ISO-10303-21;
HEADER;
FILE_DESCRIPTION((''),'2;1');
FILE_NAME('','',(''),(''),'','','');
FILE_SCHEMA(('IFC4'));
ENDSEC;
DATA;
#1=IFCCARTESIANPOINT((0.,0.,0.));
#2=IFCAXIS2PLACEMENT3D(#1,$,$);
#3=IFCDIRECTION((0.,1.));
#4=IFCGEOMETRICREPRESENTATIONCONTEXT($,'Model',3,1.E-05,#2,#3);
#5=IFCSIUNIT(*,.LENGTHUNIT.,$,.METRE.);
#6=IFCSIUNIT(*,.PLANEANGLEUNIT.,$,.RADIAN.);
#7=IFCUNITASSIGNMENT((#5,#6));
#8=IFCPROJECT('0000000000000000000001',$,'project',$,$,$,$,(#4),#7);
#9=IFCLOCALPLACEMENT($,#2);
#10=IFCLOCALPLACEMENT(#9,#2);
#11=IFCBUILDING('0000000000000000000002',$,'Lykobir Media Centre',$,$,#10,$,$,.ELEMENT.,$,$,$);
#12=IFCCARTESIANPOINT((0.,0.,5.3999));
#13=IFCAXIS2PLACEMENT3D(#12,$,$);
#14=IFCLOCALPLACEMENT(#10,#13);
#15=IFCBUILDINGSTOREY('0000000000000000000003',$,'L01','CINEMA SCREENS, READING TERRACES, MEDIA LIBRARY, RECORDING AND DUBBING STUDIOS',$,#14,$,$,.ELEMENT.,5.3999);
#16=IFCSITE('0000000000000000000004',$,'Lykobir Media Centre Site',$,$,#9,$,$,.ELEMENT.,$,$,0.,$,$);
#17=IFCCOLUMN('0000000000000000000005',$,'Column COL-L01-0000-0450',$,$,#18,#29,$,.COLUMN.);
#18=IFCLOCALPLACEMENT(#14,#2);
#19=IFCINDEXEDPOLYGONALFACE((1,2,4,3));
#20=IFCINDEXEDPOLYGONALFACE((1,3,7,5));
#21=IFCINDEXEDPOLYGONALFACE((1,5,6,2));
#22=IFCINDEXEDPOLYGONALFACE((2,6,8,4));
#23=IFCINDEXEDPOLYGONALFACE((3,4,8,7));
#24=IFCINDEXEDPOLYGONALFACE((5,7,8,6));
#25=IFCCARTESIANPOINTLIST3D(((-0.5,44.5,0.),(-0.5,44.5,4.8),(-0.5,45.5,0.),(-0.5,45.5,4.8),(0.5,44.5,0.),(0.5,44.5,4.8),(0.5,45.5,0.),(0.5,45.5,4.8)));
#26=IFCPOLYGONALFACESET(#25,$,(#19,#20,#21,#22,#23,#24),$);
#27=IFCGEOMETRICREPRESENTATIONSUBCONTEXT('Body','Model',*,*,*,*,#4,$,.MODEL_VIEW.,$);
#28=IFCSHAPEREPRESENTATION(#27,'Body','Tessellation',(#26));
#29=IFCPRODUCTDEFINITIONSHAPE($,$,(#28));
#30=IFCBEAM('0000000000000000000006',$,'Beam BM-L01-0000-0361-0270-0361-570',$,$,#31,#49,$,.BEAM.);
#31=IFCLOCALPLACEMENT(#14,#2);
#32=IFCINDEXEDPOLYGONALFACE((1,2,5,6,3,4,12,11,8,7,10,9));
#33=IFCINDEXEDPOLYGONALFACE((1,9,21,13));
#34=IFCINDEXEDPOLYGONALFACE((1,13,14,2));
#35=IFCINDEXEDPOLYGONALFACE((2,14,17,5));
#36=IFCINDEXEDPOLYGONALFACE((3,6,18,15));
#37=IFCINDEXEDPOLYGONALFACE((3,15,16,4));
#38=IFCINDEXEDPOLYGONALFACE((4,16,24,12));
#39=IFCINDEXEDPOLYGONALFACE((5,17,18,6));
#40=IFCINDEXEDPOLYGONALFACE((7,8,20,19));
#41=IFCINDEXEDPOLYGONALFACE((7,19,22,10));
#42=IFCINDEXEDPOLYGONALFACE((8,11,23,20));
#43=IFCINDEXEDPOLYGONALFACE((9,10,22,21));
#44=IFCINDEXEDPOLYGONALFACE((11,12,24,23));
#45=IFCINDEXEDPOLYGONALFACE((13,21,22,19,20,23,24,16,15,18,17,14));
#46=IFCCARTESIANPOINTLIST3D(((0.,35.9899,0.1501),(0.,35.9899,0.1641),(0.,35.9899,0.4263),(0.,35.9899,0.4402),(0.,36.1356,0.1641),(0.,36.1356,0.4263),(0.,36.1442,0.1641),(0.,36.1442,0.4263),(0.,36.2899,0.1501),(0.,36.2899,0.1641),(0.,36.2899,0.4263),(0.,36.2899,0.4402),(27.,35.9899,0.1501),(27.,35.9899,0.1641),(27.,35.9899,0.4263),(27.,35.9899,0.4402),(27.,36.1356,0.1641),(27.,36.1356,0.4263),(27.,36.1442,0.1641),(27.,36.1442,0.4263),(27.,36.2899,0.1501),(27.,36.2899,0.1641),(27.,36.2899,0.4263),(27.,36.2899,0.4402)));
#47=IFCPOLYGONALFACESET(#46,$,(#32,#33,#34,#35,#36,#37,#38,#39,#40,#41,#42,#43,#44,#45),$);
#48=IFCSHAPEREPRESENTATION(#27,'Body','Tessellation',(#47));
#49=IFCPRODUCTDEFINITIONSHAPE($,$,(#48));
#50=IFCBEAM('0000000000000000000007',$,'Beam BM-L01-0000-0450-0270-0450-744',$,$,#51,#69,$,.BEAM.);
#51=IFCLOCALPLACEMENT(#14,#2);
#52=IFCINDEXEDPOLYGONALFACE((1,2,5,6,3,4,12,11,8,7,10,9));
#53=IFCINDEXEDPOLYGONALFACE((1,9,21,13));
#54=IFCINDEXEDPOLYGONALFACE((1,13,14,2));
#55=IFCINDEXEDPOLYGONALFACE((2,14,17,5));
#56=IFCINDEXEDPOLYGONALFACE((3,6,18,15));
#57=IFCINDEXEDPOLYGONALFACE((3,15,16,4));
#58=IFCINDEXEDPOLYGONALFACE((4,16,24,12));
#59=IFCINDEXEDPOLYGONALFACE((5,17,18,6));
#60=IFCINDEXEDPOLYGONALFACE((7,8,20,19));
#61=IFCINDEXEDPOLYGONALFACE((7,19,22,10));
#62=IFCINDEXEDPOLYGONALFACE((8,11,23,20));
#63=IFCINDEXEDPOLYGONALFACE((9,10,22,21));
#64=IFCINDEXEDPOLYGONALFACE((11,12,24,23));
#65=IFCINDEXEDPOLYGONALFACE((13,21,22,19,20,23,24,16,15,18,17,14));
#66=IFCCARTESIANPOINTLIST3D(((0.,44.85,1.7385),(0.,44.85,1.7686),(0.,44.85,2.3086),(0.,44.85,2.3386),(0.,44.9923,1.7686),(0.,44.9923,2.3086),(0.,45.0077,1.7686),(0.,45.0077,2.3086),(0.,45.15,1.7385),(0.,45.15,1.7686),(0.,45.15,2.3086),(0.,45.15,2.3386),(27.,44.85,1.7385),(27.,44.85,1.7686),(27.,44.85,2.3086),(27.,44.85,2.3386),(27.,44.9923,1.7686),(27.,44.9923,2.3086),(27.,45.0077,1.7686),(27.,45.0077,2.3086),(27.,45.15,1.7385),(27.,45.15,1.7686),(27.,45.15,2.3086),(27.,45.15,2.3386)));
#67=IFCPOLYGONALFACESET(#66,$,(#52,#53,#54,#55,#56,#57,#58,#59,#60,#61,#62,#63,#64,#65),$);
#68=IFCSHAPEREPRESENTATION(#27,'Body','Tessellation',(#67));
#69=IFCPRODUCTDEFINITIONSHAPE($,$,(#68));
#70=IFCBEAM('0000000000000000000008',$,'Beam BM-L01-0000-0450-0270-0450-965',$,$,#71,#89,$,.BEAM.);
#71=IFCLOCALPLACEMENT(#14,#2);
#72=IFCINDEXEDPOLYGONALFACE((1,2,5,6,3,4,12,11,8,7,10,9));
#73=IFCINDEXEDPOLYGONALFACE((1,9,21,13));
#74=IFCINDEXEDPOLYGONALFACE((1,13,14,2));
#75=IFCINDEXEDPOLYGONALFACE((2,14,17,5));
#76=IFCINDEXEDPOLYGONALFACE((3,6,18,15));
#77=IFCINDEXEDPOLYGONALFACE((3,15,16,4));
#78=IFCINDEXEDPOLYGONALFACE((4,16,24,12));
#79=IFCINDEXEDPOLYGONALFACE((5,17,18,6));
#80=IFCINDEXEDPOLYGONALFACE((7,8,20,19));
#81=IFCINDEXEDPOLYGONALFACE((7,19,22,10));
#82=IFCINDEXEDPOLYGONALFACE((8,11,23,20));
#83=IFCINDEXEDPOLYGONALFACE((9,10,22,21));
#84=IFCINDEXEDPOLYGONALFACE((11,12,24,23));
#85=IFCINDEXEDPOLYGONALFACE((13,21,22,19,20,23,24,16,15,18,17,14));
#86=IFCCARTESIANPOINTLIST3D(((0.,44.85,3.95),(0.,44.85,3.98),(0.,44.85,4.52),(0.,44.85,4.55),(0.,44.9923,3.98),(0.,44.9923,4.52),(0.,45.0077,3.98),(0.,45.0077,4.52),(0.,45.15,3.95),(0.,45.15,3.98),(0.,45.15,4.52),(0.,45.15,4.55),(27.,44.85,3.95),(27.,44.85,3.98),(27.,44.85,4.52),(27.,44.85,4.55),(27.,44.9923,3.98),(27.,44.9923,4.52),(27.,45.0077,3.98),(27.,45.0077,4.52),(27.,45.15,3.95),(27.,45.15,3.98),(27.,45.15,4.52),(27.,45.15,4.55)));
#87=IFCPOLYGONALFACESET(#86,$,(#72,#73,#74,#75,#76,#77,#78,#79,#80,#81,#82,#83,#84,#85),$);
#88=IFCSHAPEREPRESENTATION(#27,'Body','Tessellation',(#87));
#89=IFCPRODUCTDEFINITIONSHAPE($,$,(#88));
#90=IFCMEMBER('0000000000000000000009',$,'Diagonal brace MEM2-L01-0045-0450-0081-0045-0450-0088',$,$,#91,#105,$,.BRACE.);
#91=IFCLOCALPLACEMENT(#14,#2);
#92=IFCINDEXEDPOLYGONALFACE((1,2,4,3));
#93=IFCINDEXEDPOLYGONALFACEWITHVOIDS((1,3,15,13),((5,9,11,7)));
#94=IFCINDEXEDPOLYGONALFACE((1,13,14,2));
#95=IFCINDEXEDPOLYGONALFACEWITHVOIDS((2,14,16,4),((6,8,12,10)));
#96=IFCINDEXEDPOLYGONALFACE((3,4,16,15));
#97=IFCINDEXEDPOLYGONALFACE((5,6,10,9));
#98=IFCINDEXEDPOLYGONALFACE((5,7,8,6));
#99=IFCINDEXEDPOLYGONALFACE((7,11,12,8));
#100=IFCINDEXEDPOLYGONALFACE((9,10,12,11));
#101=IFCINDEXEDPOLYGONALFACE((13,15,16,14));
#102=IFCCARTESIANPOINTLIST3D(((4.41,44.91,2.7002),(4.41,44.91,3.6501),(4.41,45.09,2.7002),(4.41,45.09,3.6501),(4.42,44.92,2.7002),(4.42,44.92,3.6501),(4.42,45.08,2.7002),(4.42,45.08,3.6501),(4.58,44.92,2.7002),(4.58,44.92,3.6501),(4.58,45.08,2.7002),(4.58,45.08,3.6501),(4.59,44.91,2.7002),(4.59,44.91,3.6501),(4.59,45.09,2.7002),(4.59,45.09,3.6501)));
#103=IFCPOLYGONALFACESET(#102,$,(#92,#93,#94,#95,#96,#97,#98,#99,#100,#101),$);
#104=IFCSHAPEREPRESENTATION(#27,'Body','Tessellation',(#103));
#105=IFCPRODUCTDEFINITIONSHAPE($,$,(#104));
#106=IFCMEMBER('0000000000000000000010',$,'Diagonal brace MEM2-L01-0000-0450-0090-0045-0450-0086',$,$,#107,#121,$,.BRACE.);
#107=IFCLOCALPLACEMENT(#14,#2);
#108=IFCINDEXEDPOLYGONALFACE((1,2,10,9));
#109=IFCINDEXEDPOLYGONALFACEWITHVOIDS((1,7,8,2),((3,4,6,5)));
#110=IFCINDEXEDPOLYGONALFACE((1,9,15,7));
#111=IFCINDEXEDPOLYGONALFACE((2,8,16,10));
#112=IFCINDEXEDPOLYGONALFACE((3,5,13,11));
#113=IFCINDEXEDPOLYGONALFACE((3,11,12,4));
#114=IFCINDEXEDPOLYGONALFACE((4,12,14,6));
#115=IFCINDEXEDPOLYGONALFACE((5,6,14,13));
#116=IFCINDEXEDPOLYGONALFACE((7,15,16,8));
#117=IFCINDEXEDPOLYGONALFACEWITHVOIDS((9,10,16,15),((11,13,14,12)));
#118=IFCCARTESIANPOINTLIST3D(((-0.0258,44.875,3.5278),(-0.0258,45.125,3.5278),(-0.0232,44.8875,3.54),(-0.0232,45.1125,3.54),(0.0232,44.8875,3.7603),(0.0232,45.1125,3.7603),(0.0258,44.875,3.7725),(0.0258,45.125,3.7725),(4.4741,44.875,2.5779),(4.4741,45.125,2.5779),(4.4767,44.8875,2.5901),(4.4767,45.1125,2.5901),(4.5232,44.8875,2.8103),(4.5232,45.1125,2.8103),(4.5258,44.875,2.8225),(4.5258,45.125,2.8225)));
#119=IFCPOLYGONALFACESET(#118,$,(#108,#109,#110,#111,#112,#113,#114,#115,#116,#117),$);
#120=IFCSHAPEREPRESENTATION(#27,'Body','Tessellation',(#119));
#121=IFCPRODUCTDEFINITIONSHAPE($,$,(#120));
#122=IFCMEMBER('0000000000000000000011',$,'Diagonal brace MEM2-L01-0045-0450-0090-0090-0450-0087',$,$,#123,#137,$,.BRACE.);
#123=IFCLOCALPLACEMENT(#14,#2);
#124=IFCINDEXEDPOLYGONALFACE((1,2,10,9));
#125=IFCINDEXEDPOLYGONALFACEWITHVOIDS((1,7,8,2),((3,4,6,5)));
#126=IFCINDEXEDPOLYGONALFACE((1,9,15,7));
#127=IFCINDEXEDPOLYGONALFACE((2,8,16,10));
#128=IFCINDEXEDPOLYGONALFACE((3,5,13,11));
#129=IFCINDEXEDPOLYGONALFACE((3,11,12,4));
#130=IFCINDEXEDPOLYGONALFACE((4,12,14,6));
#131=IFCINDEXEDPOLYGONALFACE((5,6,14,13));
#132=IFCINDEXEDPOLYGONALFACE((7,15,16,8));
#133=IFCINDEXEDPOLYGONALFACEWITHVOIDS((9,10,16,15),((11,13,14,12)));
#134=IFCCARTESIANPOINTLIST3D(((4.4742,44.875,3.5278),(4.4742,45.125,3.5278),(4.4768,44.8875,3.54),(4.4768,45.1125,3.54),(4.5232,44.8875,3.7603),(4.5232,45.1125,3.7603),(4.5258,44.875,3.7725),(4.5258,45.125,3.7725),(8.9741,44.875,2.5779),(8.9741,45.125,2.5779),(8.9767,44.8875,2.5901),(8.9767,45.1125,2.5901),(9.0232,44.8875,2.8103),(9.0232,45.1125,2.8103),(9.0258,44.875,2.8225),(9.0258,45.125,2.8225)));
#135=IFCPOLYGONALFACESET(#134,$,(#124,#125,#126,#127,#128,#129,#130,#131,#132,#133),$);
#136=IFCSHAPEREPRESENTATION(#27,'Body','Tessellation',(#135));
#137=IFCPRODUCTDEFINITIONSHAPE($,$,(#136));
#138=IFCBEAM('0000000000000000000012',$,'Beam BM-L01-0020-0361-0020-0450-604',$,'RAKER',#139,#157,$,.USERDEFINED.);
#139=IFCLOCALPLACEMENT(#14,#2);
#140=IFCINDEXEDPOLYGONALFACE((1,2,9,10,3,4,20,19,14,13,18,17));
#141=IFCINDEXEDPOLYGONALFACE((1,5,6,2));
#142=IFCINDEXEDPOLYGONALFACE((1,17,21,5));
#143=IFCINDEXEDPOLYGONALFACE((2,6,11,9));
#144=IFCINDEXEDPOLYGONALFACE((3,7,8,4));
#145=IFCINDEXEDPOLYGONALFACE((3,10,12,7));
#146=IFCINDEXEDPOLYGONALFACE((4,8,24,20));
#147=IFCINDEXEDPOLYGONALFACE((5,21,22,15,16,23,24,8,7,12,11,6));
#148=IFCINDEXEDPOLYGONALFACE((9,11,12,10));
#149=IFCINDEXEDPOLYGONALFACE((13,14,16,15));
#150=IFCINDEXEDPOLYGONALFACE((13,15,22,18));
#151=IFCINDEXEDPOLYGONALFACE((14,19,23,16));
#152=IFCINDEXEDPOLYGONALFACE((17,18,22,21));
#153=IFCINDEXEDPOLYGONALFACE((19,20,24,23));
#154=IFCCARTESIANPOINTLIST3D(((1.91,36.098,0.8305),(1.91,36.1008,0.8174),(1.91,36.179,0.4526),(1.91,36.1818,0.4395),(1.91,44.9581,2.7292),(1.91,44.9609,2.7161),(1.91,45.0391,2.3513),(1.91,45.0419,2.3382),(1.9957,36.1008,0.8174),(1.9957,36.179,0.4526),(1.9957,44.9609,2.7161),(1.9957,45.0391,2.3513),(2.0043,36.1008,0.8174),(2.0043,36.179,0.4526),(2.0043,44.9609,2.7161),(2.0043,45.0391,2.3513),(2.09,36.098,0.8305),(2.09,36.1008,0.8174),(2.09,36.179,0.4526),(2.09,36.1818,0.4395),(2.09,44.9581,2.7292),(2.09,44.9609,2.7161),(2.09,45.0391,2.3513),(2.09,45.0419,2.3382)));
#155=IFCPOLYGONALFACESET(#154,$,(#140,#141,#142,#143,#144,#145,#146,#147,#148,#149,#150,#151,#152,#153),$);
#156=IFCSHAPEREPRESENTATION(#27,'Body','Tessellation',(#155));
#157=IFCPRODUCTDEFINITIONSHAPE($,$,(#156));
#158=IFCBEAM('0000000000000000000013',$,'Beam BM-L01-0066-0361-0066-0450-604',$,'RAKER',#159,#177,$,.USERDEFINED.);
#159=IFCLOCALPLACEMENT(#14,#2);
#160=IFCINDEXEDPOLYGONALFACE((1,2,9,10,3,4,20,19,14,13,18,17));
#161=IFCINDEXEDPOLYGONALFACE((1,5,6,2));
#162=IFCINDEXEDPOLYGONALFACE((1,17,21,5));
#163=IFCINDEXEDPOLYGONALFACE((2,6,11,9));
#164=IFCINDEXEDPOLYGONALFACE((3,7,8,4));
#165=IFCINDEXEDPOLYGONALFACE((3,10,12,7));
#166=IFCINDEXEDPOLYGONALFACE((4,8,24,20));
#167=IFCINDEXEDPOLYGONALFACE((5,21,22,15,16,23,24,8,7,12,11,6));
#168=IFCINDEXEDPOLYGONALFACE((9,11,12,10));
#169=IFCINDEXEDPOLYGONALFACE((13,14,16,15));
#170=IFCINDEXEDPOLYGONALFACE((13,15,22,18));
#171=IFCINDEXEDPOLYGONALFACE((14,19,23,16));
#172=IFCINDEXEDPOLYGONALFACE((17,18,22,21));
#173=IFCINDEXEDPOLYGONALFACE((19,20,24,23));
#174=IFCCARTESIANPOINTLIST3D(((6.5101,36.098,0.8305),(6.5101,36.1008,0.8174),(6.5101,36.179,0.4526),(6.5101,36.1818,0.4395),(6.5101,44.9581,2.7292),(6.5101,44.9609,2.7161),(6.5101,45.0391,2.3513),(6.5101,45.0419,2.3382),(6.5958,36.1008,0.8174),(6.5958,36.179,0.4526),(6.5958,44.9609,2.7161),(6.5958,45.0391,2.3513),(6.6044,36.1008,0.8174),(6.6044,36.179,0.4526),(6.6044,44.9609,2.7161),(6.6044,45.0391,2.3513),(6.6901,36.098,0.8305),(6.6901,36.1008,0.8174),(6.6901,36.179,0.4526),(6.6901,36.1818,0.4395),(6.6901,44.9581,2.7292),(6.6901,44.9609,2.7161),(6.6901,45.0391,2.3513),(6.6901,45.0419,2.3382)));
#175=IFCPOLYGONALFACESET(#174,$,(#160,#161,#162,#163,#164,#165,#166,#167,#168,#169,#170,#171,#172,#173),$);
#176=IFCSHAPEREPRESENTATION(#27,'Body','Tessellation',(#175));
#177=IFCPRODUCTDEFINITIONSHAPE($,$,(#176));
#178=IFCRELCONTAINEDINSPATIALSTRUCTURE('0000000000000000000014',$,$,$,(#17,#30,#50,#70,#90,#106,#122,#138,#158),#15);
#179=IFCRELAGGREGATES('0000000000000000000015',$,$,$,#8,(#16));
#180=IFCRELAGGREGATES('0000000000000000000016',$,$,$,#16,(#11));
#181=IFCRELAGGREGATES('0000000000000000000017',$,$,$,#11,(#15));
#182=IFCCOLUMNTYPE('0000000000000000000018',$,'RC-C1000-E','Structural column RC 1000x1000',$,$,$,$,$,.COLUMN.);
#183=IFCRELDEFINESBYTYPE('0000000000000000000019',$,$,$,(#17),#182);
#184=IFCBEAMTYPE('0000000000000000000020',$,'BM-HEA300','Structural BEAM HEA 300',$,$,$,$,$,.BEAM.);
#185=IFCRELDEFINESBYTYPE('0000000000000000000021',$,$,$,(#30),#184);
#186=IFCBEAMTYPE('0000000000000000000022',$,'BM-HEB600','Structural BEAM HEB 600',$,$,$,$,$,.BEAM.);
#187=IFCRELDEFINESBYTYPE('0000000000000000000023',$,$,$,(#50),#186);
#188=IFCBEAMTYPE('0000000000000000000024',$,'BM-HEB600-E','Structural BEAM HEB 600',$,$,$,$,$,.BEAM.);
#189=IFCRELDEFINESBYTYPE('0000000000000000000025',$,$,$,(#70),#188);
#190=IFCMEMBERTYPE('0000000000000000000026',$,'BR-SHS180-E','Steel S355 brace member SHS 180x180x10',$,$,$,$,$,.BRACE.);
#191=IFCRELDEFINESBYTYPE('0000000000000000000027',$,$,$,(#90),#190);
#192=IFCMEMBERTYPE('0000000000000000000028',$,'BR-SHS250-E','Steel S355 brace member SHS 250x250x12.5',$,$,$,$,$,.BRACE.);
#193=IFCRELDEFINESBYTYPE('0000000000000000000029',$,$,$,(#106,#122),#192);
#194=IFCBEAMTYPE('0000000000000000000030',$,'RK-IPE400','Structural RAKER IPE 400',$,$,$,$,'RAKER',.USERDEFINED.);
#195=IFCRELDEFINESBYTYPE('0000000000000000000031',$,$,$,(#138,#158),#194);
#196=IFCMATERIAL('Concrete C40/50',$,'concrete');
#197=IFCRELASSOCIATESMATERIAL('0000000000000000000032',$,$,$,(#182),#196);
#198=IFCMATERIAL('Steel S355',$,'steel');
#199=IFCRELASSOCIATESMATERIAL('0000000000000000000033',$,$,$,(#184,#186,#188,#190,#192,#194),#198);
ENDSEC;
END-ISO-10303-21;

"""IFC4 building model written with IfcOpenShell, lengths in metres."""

from ifc_helpers import new_model, si_unit, direction, frame, origin, origin_2d, place, context, subcontext, project, spatial, rectangle, hollow_rectangle, i_section, extrude, material, material_profile, profile_set, type_object, element, save


model = new_model("IFC4")

# Units and contexts
model_context = context("Model", 3, precision=1e-05, world=origin(), true_north=direction((0.0, 1.0)))
body_context = subcontext(model_context, "Body", "Model", "MODEL_VIEW")
ifc_project = project(units=[si_unit("LENGTHUNIT", "METRE"), si_unit("PLANEANGLEUNIT", "RADIAN")], contexts=[model_context])

# Site, building, storey
site_placement = place(None, origin())
site = spatial("IfcSite", under=ifc_project, at=site_placement, Name="Lykobir Media Centre Site", CompositionType="ELEMENT", RefElevation=0.0)
building_placement = place(site_placement, origin())
building = spatial("IfcBuilding", under=site, at=building_placement, Name="Lykobir Media Centre", CompositionType="ELEMENT")
storey_placement = place(building_placement, frame((0.0, 0.0, 5.3999)))
storey = spatial("IfcBuildingStorey", under=building, at=storey_placement, Name="L01", Description="CINEMA SCREENS, READING TERRACES, MEDIA LIBRARY, RECORDING AND DUBBING STUDIOS", CompositionType="ELEMENT", Elevation=5.3999)

# Column
ifc_material_1 = material(Name="Concrete C40/50", Category="concrete")
ifc_material_profile_1 = material_profile(ifc_material_1, rectangle(XDim=1.0, YDim=1.0, at=origin_2d()), Name="RC 1000x1000")
ifc_profile_set_1 = profile_set([ifc_material_profile_1], Name="Concrete C40/50")
column_type = type_object("IfcColumnType", Name="RC-C1000-E", Description="Structural column RC 1000x1000", PredefinedType="COLUMN", material=ifc_profile_set_1)
column_placement = place(storey_placement, frame((0.0, 45.0, 0.0), z_axis=(0.0, 0.0, 1.0), x_axis=(1.0, 0.0, 0.0)))
element("IfcColumn", 1, at=column_placement, inside=storey, type_object=column_type, Name="Column COL-L01-0000-0450", PredefinedType="COLUMN", context=body_context, shape_type="SweptSolid", body=[
    extrude(rectangle(XDim=1.0, YDim=1.0, at=origin_2d()), origin(), (0.0, 0.0, 1.0), 4.8),
])

# Beams
ifc_material_2 = material(Name="Steel S355", Category="steel")
ifc_material_profile_2 = material_profile(ifc_material_2, i_section(OverallWidth=0.3, OverallDepth=0.29, WebThickness=0.0085, FlangeThickness=0.0139, at=origin_2d()), Name="HEA 300")
ifc_profile_set_2 = profile_set([ifc_material_profile_2], Name="Steel S355")
beam_type_1 = type_object("IfcBeamType", Name="BM-HEA300", Description="Structural BEAM HEA 300", PredefinedType="BEAM", material=ifc_profile_set_2)
beam_1_placement = place(storey_placement, frame((0.0, 36.1399, 0.2952), z_axis=(1.0, 0.0, 0.0), x_axis=(0.0, 1.0, 0.0)))
element("IfcBeam", 2, at=beam_1_placement, inside=storey, type_object=beam_type_1, Name="Beam BM-L01-0000-0361-0270-0361-570", PredefinedType="BEAM", context=body_context, shape_type="SweptSolid", body=[
    extrude(i_section(OverallWidth=0.3, OverallDepth=0.29, WebThickness=0.0085, FlangeThickness=0.0139, at=origin_2d()), origin(), (0.0, 0.0, 1.0), 27.0),
])
ifc_material_profile_3 = material_profile(ifc_material_2, i_section(OverallWidth=0.3, OverallDepth=0.6001, WebThickness=0.0154, FlangeThickness=0.03, at=origin_2d()), Name="HEB 600")
ifc_profile_set_3 = profile_set([ifc_material_profile_3], Name="Steel S355")
beam_type_2 = type_object("IfcBeamType", Name="BM-HEB600", Description="Structural BEAM HEB 600", PredefinedType="BEAM", material=ifc_profile_set_3)
beam_2_placement = place(storey_placement, frame((0.0, 45.0, 2.0386), z_axis=(1.0, 0.0, 0.0), x_axis=(0.0, 1.0, 0.0)))
element("IfcBeam", 3, at=beam_2_placement, inside=storey, type_object=beam_type_2, Name="Beam BM-L01-0000-0450-0270-0450-744", PredefinedType="BEAM", context=body_context, shape_type="SweptSolid", body=[
    extrude(i_section(OverallWidth=0.3, OverallDepth=0.6001, WebThickness=0.0154, FlangeThickness=0.03, at=origin_2d()), origin(), (0.0, 0.0, 1.0), 27.0),
])
ifc_material_profile_4 = material_profile(ifc_material_2, i_section(OverallWidth=0.3, OverallDepth=0.6001, WebThickness=0.0154, FlangeThickness=0.03, at=origin_2d()), Name="HEB 600")
ifc_profile_set_4 = profile_set([ifc_material_profile_4], Name="Steel S355")
beam_type_3 = type_object("IfcBeamType", Name="BM-HEB600-E", Description="Structural BEAM HEB 600", PredefinedType="BEAM", material=ifc_profile_set_4)
beam_3_placement = place(storey_placement, frame((0.0, 45.0, 4.25), z_axis=(1.0, 0.0, 0.0), x_axis=(0.0, 1.0, 0.0)))
element("IfcBeam", 4, at=beam_3_placement, inside=storey, type_object=beam_type_3, Name="Beam BM-L01-0000-0450-0270-0450-965", PredefinedType="BEAM", context=body_context, shape_type="SweptSolid", body=[
    extrude(i_section(OverallWidth=0.3, OverallDepth=0.6001, WebThickness=0.0154, FlangeThickness=0.03, at=origin_2d()), origin(), (0.0, 0.0, 1.0), 27.0),
])

# Members
ifc_material_profile_5 = material_profile(ifc_material_2, hollow_rectangle(XDim=0.1799, YDim=0.1799, WallThickness=0.01, at=origin_2d()), Name="SHS 180x180x10")
ifc_profile_set_5 = profile_set([ifc_material_profile_5], Name="Steel S355")
member_type_1 = type_object("IfcMemberType", Name="BR-SHS180-E", Description="Steel S355 brace member SHS 180x180x10", PredefinedType="BRACE", material=ifc_profile_set_5)
member_1_placement = place(storey_placement, frame((4.5, 45.0, 2.7002), z_axis=(0.0, 0.0, 1.0), x_axis=(1.0, 0.0, 0.0)))
element("IfcMember", 5, at=member_1_placement, inside=storey, type_object=member_type_1, Name="Diagonal brace MEM2-L01-0045-0450-0081-0045-0450-0088", PredefinedType="BRACE", context=body_context, shape_type="SweptSolid", body=[
    extrude(hollow_rectangle(XDim=0.1799, YDim=0.1799, WallThickness=0.01, at=origin_2d()), origin(), (0.0, 0.0, 1.0), 0.95),
])
ifc_material_profile_6 = material_profile(ifc_material_2, hollow_rectangle(XDim=0.25, YDim=0.25, WallThickness=0.0125, at=origin_2d()), Name="SHS 250x250x12.5")
ifc_profile_set_6 = profile_set([ifc_material_profile_6], Name="Steel S355")
member_type_2 = type_object("IfcMemberType", Name="BR-SHS250-E", Description="Steel S355 brace member SHS 250x250x12.5", PredefinedType="BRACE", material=ifc_profile_set_6)
for number, where, z_axis, x_axis, name in (
    (6, (0.0, 45.0, 3.6501), (0.978436, 0.0, -0.206548), (0.0, 1.0, 0.0), "Diagonal brace MEM2-L01-0000-0450-0090-0045-0450-0086"),
    (7, (4.5, 45.0, 3.6501), (0.978436, 0.0, -0.206548), (0.0, 1.0, 0.0), "Diagonal brace MEM2-L01-0045-0450-0090-0090-0450-0087"),
):
    element("IfcMember", number, at=place(storey_placement, frame(where, z_axis=z_axis, x_axis=x_axis)), inside=storey, type_object=member_type_2, Name=name, PredefinedType="BRACE", context=body_context, shape_type="SweptSolid", body=[
        extrude(hollow_rectangle(XDim=0.25, YDim=0.25, WallThickness=0.0125, at=origin_2d()), origin(), (0.0, 0.0, 1.0), 4.5991),
    ])

# Beams
ifc_material_profile_7 = material_profile(ifc_material_2, i_section(OverallWidth=0.1799, OverallDepth=0.3999, WebThickness=0.0085, FlangeThickness=0.0134, at=origin_2d()), Name="IPE 400")
ifc_profile_set_7 = profile_set([ifc_material_profile_7], Name="Steel S355")
beam_type_4 = type_object("IfcBeamType", Name="RK-IPE400", Description="Structural RAKER IPE 400", ElementType="RAKER", PredefinedType="USERDEFINED", material=ifc_profile_set_7)
for number, where, z_axis, x_axis, name in (
    (8, (2.0, 36.1399, 0.635), (0.0, 0.9778, 0.209538), (-1.0, 0.0, 0.0), "Beam BM-L01-0020-0361-0020-0450-604"),
    (9, (6.6001, 36.1399, 0.635), (0.0, 0.9778, 0.209538), (-1.0, 0.0, 0.0), "Beam BM-L01-0066-0361-0066-0450-604"),
):
    element("IfcBeam", number, at=place(storey_placement, frame(where, z_axis=z_axis, x_axis=x_axis)), inside=storey, type_object=beam_type_4, Name=name, ObjectType="RAKER", PredefinedType="USERDEFINED", context=body_context, shape_type="SweptSolid", body=[
        extrude(i_section(OverallWidth=0.1799, OverallDepth=0.3999, WebThickness=0.0085, FlangeThickness=0.0134, at=origin_2d()), origin(), (0.0, 0.0, 1.0), 9.0613),
    ])

save(model, "model.ifc")
